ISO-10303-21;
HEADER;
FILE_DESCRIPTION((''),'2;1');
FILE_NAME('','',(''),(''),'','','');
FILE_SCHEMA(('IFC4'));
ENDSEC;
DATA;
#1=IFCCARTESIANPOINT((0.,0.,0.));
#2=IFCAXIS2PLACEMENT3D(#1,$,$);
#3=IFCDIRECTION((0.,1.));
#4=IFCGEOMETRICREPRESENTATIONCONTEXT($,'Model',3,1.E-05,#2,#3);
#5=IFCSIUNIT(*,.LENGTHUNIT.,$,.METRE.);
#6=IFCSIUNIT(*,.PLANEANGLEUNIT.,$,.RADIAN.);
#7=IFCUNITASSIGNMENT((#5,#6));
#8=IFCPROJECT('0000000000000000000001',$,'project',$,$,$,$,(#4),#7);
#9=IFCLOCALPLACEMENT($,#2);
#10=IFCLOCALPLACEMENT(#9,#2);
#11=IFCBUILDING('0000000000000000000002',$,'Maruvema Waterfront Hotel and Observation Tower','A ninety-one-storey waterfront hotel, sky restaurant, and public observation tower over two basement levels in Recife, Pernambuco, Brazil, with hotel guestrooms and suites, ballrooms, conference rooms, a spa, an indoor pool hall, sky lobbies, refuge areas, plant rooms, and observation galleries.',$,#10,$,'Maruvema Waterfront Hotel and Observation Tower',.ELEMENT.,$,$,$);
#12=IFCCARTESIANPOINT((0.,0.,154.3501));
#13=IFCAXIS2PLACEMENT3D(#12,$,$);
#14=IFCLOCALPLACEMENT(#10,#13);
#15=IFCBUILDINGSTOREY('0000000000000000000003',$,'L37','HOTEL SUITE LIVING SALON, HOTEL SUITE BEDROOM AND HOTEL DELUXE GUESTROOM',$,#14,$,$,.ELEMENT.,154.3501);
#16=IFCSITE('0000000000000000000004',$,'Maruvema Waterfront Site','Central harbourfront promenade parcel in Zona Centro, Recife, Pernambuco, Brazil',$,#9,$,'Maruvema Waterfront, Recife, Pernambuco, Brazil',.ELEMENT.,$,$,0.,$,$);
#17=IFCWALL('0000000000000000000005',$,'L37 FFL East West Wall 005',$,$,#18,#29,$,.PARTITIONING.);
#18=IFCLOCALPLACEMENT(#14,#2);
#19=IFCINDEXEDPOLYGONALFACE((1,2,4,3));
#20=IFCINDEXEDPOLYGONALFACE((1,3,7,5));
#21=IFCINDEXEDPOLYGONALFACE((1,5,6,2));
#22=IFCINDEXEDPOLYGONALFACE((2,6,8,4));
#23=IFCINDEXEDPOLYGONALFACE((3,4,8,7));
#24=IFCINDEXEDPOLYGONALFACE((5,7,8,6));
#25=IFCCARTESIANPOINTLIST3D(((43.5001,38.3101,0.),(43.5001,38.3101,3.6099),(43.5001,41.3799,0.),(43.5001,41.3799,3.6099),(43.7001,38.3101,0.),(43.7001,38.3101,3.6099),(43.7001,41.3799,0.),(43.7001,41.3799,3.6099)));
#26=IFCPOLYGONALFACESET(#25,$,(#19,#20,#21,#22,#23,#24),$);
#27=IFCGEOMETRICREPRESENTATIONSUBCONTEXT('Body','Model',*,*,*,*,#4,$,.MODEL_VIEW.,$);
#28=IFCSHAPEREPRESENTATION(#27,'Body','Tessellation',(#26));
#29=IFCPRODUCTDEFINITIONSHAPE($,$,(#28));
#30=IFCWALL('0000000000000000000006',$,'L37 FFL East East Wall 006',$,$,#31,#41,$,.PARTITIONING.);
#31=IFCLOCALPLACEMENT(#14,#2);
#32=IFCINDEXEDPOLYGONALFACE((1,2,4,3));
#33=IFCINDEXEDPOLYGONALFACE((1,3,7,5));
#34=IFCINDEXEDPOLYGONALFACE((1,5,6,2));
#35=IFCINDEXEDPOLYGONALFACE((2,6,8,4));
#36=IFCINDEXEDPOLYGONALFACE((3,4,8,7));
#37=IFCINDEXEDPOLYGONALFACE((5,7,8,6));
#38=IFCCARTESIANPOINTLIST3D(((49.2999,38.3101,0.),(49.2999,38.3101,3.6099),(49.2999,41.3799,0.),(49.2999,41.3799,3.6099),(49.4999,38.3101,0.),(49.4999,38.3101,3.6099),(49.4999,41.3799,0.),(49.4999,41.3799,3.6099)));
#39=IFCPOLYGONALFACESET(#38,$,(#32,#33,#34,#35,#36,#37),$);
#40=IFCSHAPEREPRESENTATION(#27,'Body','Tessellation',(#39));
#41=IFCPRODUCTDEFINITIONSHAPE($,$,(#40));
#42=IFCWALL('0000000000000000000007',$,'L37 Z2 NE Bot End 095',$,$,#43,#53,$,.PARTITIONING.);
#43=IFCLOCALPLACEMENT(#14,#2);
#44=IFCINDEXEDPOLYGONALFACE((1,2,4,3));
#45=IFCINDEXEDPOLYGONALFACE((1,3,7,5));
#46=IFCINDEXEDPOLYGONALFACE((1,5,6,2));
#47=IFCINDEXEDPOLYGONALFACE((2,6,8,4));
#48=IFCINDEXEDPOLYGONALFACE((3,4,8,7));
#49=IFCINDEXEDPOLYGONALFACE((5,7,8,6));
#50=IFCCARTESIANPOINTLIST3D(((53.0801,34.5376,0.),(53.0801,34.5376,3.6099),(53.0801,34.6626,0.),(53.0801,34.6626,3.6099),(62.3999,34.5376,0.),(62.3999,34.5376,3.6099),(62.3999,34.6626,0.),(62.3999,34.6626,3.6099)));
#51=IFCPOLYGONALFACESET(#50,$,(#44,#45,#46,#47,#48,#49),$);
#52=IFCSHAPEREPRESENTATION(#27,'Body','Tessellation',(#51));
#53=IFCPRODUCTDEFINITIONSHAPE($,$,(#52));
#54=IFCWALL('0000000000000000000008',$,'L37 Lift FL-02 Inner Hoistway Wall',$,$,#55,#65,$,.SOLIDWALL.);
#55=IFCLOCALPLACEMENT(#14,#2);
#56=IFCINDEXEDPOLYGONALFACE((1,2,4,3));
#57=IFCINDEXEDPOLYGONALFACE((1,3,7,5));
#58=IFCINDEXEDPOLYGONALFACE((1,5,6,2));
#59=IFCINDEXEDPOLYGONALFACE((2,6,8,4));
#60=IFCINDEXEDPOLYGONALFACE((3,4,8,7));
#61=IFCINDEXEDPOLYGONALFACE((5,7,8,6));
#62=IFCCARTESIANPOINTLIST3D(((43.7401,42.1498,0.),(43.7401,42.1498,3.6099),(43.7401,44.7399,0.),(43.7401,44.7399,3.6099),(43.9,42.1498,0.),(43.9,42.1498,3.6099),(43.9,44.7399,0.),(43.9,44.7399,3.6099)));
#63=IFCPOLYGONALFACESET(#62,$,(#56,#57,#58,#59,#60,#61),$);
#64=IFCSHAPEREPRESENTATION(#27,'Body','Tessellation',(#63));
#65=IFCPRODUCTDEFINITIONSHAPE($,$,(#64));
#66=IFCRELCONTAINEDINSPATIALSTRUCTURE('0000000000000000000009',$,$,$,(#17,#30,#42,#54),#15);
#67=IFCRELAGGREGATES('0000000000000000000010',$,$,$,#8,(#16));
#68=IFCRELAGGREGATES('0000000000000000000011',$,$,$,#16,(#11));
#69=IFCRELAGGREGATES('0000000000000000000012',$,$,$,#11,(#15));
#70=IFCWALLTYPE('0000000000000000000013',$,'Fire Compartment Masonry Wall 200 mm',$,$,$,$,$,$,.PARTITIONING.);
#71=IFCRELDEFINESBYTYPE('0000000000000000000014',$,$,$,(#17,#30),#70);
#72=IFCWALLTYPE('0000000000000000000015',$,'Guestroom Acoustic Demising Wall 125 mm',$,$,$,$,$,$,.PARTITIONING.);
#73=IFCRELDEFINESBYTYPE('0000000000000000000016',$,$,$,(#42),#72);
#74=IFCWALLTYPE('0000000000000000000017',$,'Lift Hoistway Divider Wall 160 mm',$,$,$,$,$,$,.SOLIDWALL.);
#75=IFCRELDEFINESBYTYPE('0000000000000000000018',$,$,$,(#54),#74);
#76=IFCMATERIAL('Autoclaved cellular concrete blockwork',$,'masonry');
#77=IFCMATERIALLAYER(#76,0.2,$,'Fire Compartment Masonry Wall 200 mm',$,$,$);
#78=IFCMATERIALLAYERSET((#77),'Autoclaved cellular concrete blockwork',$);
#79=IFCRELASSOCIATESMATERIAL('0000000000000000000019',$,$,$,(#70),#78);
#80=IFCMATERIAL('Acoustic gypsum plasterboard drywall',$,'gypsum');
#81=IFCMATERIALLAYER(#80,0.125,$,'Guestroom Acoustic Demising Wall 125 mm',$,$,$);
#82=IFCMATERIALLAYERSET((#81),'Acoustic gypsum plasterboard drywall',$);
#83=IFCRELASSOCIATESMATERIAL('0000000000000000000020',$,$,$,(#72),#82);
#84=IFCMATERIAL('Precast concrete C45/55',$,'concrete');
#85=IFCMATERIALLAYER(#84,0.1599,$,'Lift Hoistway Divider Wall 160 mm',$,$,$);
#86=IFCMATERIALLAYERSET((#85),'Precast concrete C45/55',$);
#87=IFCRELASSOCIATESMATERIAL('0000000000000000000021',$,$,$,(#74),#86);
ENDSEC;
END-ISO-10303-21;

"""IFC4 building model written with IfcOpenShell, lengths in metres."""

from ifc_helpers import new_model, si_unit, direction, frame, frame_2d, origin, place, context, subcontext, project, spatial, rectangle, extrude, material, layer, layer_set, type_object, element, save


model = new_model("IFC4")

# Units and contexts
model_context = context("Model", 3, precision=1e-05, world=origin(), true_north=direction((0.0, 1.0)))
body_context = subcontext(model_context, "Body", "Model", "MODEL_VIEW")
ifc_project = project(units=[si_unit("LENGTHUNIT", "METRE"), si_unit("PLANEANGLEUNIT", "RADIAN")], contexts=[model_context])

# Site, building, storey
site_placement = place(None, origin())
site = spatial("IfcSite", under=ifc_project, at=site_placement, Name="Maruvema Waterfront Site", Description="Central harbourfront promenade parcel in Zona Centro, Recife, Pernambuco, Brazil", LongName="Maruvema Waterfront, Recife, Pernambuco, Brazil", CompositionType="ELEMENT", RefElevation=0.0)
building_placement = place(site_placement, origin())
building = spatial("IfcBuilding", under=site, at=building_placement, Name="Maruvema Waterfront Hotel and Observation Tower", Description="A ninety-one-storey waterfront hotel, sky restaurant, and public observation tower over two basement levels in Recife, Pernambuco, Brazil, with hotel guestrooms and suites, ballrooms, conference rooms, a spa, an indoor pool hall, sky lobbies, refuge areas, plant rooms, and observation galleries.", LongName="Maruvema Waterfront Hotel and Observation Tower", CompositionType="ELEMENT")
storey_placement = place(building_placement, frame((0.0, 0.0, 154.3501)))
storey = spatial("IfcBuildingStorey", under=building, at=storey_placement, Name="L37", Description="HOTEL SUITE LIVING SALON, HOTEL SUITE BEDROOM AND HOTEL DELUXE GUESTROOM", CompositionType="ELEMENT", Elevation=154.3501)

# Shared definitions
ifc_material_1 = material(Name="Autoclaved cellular concrete blockwork", Category="masonry")
ifc_layer_1 = layer(ifc_material_1, 0.2, Name="Fire Compartment Masonry Wall 200 mm")
ifc_layer_set_1 = layer_set([ifc_layer_1], Name="Autoclaved cellular concrete blockwork")
wall_type_1 = type_object("IfcWallType", Name="Fire Compartment Masonry Wall 200 mm", PredefinedType="PARTITIONING", material=ifc_layer_set_1)

# Walls
for number, where, z_axis, x_axis, name in (
    (1, (43.6001, 38.3101, 0.0), (0.0, 0.0, 1.0), (0.0, 1.0, 0.0), "L37 FFL East West Wall 005"),
    (2, (49.3999, 38.3101, 0.0), (0.0, 0.0, 1.0), (0.0, 1.0, 0.0), "L37 FFL East East Wall 006"),
):
    element("IfcWall", number, at=place(storey_placement, frame(where, z_axis=z_axis, x_axis=x_axis)), inside=storey, type_object=wall_type_1, Name=name, PredefinedType="PARTITIONING", context=body_context, shape_type="SweptSolid", body=[
        extrude(rectangle(XDim=3.0698, YDim=0.2, at=frame_2d((1.5349, 0.0))), origin(), (0.0, 0.0, 1.0), 3.6099),
    ])
ifc_material_2 = material(Name="Acoustic gypsum plasterboard drywall", Category="gypsum")
ifc_layer_2 = layer(ifc_material_2, 0.125, Name="Guestroom Acoustic Demising Wall 125 mm")
ifc_layer_set_2 = layer_set([ifc_layer_2], Name="Acoustic gypsum plasterboard drywall")
wall_type_2 = type_object("IfcWallType", Name="Guestroom Acoustic Demising Wall 125 mm", PredefinedType="PARTITIONING", material=ifc_layer_set_2)
wall_1_placement = place(storey_placement, frame((53.0801, 34.6001, 0.0), z_axis=(0.0, 0.0, 1.0), x_axis=(1.0, 0.0, 0.0)))
element("IfcWall", 3, at=wall_1_placement, inside=storey, type_object=wall_type_2, Name="L37 Z2 NE Bot End 095", PredefinedType="PARTITIONING", context=body_context, shape_type="SweptSolid", body=[
    extrude(rectangle(XDim=9.3198, YDim=0.125, at=frame_2d((4.6599, 0.0))), origin(), (0.0, 0.0, 1.0), 3.6099),
])
ifc_material_3 = material(Name="Precast concrete C45/55", Category="concrete")
ifc_layer_3 = layer(ifc_material_3, 0.1599, Name="Lift Hoistway Divider Wall 160 mm")
ifc_layer_set_3 = layer_set([ifc_layer_3], Name="Precast concrete C45/55")
wall_type_3 = type_object("IfcWallType", Name="Lift Hoistway Divider Wall 160 mm", PredefinedType="SOLIDWALL", material=ifc_layer_set_3)
wall_2_placement = place(storey_placement, frame((43.8201, 42.1499, 0.0), z_axis=(0.0, 0.0, 1.0), x_axis=(0.0, 1.0, 0.0)))
element("IfcWall", 4, at=wall_2_placement, inside=storey, type_object=wall_type_3, Name="L37 Lift FL-02 Inner Hoistway Wall", PredefinedType="SOLIDWALL", context=body_context, shape_type="SweptSolid", body=[
    extrude(rectangle(XDim=2.5901, YDim=0.1599, at=frame_2d((1.2949, 0.0))), origin(), (0.0, 0.0, 1.0), 3.6099),
])

save(model, "model.ifc")
